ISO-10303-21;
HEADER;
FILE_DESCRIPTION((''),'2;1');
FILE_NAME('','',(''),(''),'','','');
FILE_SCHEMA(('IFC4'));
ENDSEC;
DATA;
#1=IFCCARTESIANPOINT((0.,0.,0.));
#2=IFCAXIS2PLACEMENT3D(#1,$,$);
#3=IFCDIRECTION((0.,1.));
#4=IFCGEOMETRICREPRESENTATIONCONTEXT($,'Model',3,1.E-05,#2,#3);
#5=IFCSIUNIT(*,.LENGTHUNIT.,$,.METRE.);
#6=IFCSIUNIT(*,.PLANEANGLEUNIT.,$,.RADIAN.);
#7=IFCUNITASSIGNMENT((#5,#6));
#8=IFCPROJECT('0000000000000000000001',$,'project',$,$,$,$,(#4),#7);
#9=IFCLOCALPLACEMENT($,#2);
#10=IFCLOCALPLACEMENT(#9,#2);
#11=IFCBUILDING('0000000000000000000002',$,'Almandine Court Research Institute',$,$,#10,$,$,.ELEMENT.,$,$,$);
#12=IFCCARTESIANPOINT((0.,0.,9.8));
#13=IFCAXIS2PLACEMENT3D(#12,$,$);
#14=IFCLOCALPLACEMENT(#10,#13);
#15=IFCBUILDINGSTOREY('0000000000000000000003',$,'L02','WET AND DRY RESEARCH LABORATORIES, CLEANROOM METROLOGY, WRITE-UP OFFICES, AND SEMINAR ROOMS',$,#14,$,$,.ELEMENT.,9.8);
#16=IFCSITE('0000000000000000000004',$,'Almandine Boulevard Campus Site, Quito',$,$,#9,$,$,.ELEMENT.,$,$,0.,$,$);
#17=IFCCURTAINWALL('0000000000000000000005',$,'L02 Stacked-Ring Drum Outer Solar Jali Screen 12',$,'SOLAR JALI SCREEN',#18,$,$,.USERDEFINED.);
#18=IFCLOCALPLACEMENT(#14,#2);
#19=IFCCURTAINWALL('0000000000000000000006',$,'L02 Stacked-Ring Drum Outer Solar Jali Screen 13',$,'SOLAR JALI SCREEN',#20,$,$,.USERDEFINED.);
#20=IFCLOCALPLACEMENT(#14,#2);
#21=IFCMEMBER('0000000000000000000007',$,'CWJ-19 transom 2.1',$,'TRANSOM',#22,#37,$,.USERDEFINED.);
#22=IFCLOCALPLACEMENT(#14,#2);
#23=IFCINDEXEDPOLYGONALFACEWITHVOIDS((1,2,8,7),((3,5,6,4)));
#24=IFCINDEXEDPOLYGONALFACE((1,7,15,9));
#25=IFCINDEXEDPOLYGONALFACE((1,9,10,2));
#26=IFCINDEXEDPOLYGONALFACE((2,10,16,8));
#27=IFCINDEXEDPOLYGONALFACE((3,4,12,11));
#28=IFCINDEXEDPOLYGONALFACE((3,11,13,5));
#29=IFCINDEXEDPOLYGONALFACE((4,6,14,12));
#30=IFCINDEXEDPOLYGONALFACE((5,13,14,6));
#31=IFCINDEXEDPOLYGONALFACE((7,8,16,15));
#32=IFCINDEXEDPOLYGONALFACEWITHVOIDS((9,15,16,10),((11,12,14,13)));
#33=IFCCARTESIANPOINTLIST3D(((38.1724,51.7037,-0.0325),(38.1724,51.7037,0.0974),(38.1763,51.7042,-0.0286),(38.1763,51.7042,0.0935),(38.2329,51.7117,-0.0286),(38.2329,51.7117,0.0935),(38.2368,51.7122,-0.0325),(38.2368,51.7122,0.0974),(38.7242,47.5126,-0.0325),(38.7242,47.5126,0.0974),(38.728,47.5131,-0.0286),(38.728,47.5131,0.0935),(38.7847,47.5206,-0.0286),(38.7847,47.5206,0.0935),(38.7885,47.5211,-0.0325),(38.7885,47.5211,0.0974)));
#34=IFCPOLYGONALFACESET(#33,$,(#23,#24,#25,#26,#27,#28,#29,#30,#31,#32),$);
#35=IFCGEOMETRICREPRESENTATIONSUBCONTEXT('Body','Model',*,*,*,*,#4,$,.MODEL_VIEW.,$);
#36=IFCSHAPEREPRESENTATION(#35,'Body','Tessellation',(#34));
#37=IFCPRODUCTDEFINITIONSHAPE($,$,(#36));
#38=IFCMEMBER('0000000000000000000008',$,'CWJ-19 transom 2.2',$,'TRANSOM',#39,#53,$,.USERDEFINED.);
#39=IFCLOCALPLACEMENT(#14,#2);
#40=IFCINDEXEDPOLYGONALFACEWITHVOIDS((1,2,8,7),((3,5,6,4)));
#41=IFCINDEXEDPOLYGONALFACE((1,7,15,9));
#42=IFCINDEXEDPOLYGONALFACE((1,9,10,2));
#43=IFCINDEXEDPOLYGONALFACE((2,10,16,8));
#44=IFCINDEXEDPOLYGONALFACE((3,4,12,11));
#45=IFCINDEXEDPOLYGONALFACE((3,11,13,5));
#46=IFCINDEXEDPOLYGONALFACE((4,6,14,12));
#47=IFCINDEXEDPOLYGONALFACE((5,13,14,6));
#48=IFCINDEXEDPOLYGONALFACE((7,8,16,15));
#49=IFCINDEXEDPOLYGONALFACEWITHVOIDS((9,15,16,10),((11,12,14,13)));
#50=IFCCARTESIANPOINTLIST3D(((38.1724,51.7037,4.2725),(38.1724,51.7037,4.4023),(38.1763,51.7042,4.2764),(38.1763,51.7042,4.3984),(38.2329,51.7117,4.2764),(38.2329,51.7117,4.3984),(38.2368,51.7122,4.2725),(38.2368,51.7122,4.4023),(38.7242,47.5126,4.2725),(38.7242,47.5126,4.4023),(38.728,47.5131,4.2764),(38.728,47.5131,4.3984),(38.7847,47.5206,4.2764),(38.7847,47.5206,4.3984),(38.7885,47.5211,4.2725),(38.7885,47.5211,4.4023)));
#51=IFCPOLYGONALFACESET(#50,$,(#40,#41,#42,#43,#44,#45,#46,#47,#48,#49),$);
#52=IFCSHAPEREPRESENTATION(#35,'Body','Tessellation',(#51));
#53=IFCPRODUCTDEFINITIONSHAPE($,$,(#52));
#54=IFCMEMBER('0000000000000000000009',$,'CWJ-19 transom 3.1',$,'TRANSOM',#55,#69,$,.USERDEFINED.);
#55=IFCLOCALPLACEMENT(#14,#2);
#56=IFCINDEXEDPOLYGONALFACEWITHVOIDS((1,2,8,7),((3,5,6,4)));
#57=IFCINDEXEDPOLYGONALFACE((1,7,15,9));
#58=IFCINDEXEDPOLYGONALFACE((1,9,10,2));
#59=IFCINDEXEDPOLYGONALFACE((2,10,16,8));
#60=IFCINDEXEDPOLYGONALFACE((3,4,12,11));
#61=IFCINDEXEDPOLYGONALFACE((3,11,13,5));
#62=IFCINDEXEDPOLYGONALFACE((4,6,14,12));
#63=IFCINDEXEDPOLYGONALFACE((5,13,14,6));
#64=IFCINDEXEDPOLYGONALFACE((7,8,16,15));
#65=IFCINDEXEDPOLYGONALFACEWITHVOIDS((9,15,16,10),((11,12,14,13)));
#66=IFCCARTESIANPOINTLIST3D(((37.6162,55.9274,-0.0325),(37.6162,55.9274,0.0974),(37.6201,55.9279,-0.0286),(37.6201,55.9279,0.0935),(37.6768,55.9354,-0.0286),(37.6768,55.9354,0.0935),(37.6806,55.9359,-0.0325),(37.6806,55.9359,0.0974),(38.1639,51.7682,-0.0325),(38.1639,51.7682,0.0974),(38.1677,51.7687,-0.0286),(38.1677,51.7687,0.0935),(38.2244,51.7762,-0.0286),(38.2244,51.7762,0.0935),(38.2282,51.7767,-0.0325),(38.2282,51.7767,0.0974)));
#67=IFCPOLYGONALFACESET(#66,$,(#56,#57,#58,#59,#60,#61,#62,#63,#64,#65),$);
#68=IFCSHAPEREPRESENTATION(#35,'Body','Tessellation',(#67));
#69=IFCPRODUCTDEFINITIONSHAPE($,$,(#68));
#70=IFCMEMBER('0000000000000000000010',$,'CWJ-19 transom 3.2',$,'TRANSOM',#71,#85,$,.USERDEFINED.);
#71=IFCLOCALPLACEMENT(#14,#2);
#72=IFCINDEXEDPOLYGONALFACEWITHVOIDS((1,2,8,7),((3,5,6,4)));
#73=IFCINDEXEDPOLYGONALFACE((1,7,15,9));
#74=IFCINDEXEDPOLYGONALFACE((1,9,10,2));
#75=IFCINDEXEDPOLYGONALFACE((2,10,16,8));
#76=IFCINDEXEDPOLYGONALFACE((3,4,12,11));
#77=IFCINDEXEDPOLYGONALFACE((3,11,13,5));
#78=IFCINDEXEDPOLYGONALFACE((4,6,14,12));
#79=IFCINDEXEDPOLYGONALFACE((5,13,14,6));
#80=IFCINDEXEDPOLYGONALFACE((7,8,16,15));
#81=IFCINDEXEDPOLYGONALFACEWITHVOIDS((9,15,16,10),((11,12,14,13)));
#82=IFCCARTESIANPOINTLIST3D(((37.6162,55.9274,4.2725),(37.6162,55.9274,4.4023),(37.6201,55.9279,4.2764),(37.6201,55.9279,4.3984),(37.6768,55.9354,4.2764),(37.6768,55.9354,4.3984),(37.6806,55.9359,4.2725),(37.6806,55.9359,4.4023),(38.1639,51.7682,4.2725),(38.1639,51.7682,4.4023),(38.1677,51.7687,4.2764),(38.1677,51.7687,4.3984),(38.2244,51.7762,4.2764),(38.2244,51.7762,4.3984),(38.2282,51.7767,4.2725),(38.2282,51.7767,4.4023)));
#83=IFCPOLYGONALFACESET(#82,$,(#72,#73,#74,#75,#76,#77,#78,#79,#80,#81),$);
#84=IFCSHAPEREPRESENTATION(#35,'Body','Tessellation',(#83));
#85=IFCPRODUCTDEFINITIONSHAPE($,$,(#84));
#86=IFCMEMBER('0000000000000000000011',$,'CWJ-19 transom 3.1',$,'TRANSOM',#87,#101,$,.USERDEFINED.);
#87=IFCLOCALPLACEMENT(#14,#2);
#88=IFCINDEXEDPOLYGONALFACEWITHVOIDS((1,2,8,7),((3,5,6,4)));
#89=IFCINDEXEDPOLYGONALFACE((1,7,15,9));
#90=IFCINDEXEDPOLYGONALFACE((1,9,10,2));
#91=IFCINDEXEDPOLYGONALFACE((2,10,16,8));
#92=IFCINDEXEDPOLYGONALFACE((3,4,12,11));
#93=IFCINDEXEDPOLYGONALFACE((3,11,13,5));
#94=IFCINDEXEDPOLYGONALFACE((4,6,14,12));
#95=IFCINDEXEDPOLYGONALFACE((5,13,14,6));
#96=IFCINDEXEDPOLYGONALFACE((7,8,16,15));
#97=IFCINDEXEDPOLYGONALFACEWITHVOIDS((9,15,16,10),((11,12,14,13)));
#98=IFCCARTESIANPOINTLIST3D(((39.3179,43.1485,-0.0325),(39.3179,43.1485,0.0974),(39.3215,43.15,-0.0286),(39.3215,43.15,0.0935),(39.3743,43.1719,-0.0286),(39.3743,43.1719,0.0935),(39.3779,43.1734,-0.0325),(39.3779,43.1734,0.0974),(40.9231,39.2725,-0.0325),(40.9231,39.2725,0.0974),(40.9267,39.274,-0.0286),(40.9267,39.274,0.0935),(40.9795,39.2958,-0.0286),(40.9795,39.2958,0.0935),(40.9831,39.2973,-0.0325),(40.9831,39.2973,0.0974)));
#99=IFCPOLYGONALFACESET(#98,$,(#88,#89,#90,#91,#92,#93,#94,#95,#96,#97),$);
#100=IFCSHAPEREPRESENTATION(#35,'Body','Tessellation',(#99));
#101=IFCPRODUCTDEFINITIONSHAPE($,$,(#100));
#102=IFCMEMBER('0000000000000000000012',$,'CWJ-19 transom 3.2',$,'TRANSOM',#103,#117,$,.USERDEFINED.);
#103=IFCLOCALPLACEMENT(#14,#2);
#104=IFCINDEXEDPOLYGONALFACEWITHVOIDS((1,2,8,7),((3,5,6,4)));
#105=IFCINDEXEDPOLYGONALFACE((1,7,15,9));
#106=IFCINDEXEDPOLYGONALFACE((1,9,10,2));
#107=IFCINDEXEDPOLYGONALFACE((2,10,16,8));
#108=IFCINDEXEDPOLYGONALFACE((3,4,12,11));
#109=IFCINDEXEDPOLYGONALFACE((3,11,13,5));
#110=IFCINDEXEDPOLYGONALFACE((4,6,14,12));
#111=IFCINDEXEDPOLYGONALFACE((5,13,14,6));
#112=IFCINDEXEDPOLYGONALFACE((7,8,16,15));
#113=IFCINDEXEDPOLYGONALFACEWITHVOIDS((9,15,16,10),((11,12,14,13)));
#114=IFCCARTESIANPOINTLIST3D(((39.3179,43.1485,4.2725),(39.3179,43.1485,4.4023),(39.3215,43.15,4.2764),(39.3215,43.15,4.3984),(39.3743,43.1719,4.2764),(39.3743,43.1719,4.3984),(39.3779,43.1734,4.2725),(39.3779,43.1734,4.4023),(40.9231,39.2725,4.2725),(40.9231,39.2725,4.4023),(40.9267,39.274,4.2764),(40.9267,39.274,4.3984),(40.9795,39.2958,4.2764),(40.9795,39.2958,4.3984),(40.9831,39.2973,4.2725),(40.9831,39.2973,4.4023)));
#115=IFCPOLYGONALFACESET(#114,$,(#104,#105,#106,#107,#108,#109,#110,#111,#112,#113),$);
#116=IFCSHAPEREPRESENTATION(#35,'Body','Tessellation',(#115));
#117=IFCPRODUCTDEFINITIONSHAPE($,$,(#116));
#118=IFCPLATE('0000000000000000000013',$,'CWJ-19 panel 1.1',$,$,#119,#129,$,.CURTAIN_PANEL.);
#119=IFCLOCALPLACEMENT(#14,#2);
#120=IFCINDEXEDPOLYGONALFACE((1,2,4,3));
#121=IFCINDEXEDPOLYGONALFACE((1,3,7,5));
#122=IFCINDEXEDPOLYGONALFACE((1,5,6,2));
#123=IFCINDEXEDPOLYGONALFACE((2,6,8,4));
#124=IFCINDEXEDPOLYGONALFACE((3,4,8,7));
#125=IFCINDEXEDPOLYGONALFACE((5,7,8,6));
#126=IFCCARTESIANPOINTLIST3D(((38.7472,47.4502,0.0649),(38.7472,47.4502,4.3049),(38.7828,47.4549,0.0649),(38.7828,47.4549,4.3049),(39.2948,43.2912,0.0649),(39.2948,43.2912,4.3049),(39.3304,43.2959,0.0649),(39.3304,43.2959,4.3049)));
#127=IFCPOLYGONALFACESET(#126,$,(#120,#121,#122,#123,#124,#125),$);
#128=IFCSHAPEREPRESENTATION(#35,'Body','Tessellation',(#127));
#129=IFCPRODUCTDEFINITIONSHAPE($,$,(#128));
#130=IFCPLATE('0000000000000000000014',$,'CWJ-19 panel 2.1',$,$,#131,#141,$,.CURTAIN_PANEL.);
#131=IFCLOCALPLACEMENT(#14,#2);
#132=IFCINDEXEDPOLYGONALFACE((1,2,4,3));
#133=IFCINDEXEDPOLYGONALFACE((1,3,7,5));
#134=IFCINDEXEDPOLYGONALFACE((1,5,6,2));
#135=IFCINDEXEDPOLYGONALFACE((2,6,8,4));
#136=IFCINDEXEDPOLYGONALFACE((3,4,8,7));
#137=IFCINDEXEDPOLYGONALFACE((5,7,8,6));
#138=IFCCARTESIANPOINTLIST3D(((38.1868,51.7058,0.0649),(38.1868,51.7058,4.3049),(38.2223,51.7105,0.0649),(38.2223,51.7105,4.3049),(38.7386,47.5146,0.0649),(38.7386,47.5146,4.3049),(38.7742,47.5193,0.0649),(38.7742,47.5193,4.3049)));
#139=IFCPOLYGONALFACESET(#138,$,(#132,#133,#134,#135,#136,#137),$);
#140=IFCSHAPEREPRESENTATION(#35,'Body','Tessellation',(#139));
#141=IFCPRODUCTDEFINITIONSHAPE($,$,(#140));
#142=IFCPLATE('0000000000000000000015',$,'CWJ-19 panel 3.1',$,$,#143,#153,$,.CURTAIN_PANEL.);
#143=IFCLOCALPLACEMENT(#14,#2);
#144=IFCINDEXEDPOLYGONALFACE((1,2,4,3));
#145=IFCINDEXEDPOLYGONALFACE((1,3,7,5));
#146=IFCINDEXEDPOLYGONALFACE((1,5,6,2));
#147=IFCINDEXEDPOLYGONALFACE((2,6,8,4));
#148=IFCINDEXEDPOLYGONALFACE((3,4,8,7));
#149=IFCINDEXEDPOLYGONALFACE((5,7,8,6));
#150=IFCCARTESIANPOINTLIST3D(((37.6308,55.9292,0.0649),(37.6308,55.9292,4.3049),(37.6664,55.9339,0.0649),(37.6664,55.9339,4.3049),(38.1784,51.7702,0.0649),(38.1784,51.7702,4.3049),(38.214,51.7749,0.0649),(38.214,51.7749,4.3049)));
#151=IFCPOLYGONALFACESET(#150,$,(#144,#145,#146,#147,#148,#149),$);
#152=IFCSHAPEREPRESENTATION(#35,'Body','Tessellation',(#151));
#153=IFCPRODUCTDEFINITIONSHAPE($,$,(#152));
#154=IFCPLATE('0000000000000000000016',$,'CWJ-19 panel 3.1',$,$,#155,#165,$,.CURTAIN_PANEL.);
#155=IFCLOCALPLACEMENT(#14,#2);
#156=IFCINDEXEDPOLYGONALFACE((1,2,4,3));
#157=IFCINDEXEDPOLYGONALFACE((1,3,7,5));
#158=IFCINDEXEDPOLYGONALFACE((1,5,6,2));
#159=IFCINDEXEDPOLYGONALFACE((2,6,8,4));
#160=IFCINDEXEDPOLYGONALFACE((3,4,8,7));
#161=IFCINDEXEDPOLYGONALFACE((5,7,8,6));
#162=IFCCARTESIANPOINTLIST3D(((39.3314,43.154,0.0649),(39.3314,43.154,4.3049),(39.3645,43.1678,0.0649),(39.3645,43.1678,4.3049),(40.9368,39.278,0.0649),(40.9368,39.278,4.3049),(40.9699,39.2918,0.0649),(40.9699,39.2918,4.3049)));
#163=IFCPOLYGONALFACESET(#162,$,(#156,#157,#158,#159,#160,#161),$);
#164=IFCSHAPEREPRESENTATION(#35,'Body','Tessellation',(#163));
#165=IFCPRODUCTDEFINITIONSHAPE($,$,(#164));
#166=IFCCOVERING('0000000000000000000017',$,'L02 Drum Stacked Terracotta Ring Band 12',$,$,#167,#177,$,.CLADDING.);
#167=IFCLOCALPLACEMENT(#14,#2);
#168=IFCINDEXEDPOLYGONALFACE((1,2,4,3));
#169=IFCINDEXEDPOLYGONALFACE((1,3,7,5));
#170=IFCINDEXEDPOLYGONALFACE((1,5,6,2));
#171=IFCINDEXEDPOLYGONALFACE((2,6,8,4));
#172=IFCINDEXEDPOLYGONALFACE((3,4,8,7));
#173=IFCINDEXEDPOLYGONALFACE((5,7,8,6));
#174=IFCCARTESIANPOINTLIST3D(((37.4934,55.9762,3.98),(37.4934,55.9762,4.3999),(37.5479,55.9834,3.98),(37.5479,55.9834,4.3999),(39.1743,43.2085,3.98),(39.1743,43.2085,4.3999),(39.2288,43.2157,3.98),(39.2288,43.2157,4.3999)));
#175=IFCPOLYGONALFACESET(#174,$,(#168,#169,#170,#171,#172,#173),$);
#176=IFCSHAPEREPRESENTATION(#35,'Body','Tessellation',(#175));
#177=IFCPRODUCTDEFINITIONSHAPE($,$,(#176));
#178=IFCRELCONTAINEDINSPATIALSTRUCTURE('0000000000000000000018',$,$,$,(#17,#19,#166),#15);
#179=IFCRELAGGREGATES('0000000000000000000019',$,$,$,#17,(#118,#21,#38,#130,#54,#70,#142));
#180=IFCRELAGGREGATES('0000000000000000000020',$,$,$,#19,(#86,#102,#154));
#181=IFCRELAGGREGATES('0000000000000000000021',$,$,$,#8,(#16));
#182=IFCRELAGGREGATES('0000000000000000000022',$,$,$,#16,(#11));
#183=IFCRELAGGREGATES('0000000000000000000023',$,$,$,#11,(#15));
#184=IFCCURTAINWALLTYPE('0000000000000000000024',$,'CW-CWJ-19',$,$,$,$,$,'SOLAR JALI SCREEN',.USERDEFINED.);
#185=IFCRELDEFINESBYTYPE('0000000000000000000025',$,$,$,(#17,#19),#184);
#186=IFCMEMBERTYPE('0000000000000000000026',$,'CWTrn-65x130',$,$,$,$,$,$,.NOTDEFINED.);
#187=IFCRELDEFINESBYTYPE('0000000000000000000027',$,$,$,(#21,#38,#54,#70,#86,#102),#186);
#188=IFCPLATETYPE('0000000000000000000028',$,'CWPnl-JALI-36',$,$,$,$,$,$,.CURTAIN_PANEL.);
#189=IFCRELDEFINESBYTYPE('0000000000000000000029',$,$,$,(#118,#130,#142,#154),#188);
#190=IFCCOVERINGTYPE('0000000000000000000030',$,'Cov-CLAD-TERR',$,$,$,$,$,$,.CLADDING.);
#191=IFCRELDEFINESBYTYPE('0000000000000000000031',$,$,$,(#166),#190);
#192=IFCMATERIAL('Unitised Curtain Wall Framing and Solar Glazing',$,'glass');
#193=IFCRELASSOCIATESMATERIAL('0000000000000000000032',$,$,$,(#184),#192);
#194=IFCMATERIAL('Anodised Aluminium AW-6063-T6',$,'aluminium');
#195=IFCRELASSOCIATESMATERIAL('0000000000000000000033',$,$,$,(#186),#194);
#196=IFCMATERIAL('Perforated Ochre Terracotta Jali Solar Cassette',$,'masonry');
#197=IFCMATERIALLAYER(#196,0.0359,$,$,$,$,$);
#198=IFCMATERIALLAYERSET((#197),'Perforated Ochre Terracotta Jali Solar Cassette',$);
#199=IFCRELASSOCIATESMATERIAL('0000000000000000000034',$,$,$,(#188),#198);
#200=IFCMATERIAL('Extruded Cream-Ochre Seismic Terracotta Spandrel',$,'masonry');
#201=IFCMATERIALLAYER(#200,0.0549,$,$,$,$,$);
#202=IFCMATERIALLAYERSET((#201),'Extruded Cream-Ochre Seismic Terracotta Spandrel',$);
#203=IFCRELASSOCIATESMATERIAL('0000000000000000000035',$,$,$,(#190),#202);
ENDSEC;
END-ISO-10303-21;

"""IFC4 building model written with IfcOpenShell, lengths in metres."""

from ifc_helpers import new_model, si_unit, direction, frame, origin, origin_2d, place, context, subcontext, project, spatial, rectangle, hollow_rectangle, extrude, material, layer, layer_set, material_profile, profile_set, type_object, element, aggregate, save


model = new_model("IFC4")

# Units and contexts
model_context = context("Model", 3, precision=1e-05, world=origin(), true_north=direction((0.0, 1.0)))
body_context = subcontext(model_context, "Body", "Model", "MODEL_VIEW")
ifc_project = project(units=[si_unit("LENGTHUNIT", "METRE"), si_unit("PLANEANGLEUNIT", "RADIAN")], contexts=[model_context])

# Site, building, storey
site_placement = place(None, origin())
site = spatial("IfcSite", under=ifc_project, at=site_placement, Name="Almandine Boulevard Campus Site, Quito", CompositionType="ELEMENT", RefElevation=0.0)
building_placement = place(site_placement, origin())
building = spatial("IfcBuilding", under=site, at=building_placement, Name="Almandine Court Research Institute", CompositionType="ELEMENT")
storey_placement = place(building_placement, frame((0.0, 0.0, 9.8)))
storey = spatial("IfcBuildingStorey", under=building, at=storey_placement, Name="L02", Description="WET AND DRY RESEARCH LABORATORIES, CLEANROOM METROLOGY, WRITE-UP OFFICES, AND SEMINAR ROOMS", CompositionType="ELEMENT", Elevation=9.8)

# Curtain wall
ifc_material_1 = material(Name="Unitised Curtain Wall Framing and Solar Glazing", Category="glass")
curtain_wall_type = type_object("IfcCurtainWallType", Name="CW-CWJ-19", ElementType="SOLAR JALI SCREEN", PredefinedType="USERDEFINED", material=ifc_material_1)
curtain_wall_1_placement = place(storey_placement, origin())
curtain_wall_1 = element("IfcCurtainWall", 1, at=curtain_wall_1_placement, inside=storey, type_object=curtain_wall_type, Name="L02 Stacked-Ring Drum Outer Solar Jali Screen 12", ObjectType="SOLAR JALI SCREEN", PredefinedType="USERDEFINED")
ifc_material_2 = material(Name="Anodised Aluminium AW-6063-T6", Category="aluminium")

# Curtain wall
curtain_wall_2_placement = place(storey_placement, origin())
curtain_wall_2 = element("IfcCurtainWall", 2, at=curtain_wall_2_placement, inside=storey, type_object=curtain_wall_type, Name="L02 Stacked-Ring Drum Outer Solar Jali Screen 13", ObjectType="SOLAR JALI SCREEN", PredefinedType="USERDEFINED")

# Members
ifc_material_profile_1 = material_profile(ifc_material_2, hollow_rectangle(XDim=0.0649, YDim=0.1299, WallThickness=0.0039, at=origin_2d()), Name="ALU RHS 65x130x4")
ifc_profile_set_1 = profile_set([ifc_material_profile_1], Name="Anodised Aluminium AW-6063-T6")
member_type_1 = type_object("IfcMemberType", Name="CWTrn-65x130", PredefinedType="NOTDEFINED", material=ifc_profile_set_1)
member_1_placement = place(storey_placement, frame((38.7563, 47.5168, 0.0325), z_axis=(-0.130522, 0.991445, 0.0), x_axis=(-0.991445, -0.130522, 0.0)))
member_1 = element("IfcMember", 3, at=member_1_placement, type_object=member_type_1, Name="CWJ-19 transom 2.1", ObjectType="TRANSOM", PredefinedType="USERDEFINED", context=body_context, shape_type="SweptSolid", body=[
    extrude(hollow_rectangle(XDim=0.0649, YDim=0.1299, WallThickness=0.0039, at=origin_2d()), origin(), (0.0, 0.0, 1.0), 4.2273),
])
member_2_placement = place(storey_placement, frame((38.7563, 47.5168, 4.3374), z_axis=(-0.130522, 0.991445, 0.0), x_axis=(-0.991445, -0.130522, 0.0)))
member_2 = element("IfcMember", 4, at=member_2_placement, type_object=member_type_1, Name="CWJ-19 transom 2.2", ObjectType="TRANSOM", PredefinedType="USERDEFINED", context=body_context, shape_type="SweptSolid", body=[
    extrude(hollow_rectangle(XDim=0.0649, YDim=0.1299, WallThickness=0.0039, at=origin_2d()), origin(), (0.0, 0.0, 1.0), 4.2273),
])
member_3_placement = place(storey_placement, frame((38.196, 51.7725, 0.0325), z_axis=(-0.130536, 0.991444, 0.0), x_axis=(-0.991444, -0.130536, 0.0)))
member_3 = element("IfcMember", 5, at=member_3_placement, type_object=member_type_1, Name="CWJ-19 transom 3.1", ObjectType="TRANSOM", PredefinedType="USERDEFINED", context=body_context, shape_type="SweptSolid", body=[
    extrude(hollow_rectangle(XDim=0.0649, YDim=0.1299, WallThickness=0.0039, at=origin_2d()), origin(), (0.0, 0.0, 1.0), 4.1951),
])
member_4_placement = place(storey_placement, frame((38.196, 51.7725, 4.3374), z_axis=(-0.130536, 0.991444, 0.0), x_axis=(-0.991444, -0.130536, 0.0)))
member_4 = element("IfcMember", 6, at=member_4_placement, type_object=member_type_1, Name="CWJ-19 transom 3.2", ObjectType="TRANSOM", PredefinedType="USERDEFINED", context=body_context, shape_type="SweptSolid", body=[
    extrude(hollow_rectangle(XDim=0.0649, YDim=0.1299, WallThickness=0.0039, at=origin_2d()), origin(), (0.0, 0.0, 1.0), 4.1951),
])
member_5_placement = place(storey_placement, frame((40.9531, 39.2849, 0.0325), z_axis=(-0.382631, 0.923901, 0.0), x_axis=(-0.923901, -0.382631, 0.0)))
member_5 = element("IfcMember", 7, at=member_5_placement, type_object=member_type_1, Name="CWJ-19 transom 3.1", ObjectType="TRANSOM", PredefinedType="USERDEFINED", context=body_context, shape_type="SweptSolid", body=[
    extrude(hollow_rectangle(XDim=0.0649, YDim=0.1299, WallThickness=0.0039, at=origin_2d()), origin(), (0.0, 0.0, 1.0), 4.1953),
])
member_6_placement = place(storey_placement, frame((40.9531, 39.2849, 4.3374), z_axis=(-0.382631, 0.923901, 0.0), x_axis=(-0.923901, -0.382631, 0.0)))
member_6 = element("IfcMember", 8, at=member_6_placement, type_object=member_type_1, Name="CWJ-19 transom 3.2", ObjectType="TRANSOM", PredefinedType="USERDEFINED", context=body_context, shape_type="SweptSolid", body=[
    extrude(hollow_rectangle(XDim=0.0649, YDim=0.1299, WallThickness=0.0039, at=origin_2d()), origin(), (0.0, 0.0, 1.0), 4.1953),
])

# Plates
ifc_material_3 = material(Name="Perforated Ochre Terracotta Jali Solar Cassette", Category="masonry")
ifc_layer_1 = layer(ifc_material_3, 0.0359)
ifc_layer_set_1 = layer_set([ifc_layer_1], Name="Perforated Ochre Terracotta Jali Solar Cassette")
plate_type = type_object("IfcPlateType", Name="CWPnl-JALI-36", PredefinedType="CURTAIN_PANEL", material=ifc_layer_set_1)
plate_1_placement = place(storey_placement, frame((39.0388, 45.373, 0.0649), z_axis=(0.0, 0.0, 1.0), x_axis=(-0.130541, 0.991443, 0.0)))
plate_1 = element("IfcPlate", 9, at=plate_1_placement, type_object=plate_type, Name="CWJ-19 panel 1.1", PredefinedType="CURTAIN_PANEL", context=body_context, shape_type="SweptSolid", body=[
    extrude(rectangle(XDim=4.1948, YDim=0.0359, at=origin_2d()), origin(), (0.0, 0.0, 1.0), 4.24),
])
plate_2_placement = place(storey_placement, frame((38.4805, 49.6125, 0.0649), z_axis=(0.0, 0.0, 1.0), x_axis=(-0.130541, 0.991443, 0.0)))
plate_2 = element("IfcPlate", 10, at=plate_2_placement, type_object=plate_type, Name="CWJ-19 panel 2.1", PredefinedType="CURTAIN_PANEL", context=body_context, shape_type="SweptSolid", body=[
    extrude(rectangle(XDim=4.2273, YDim=0.0359, at=origin_2d()), origin(), (0.0, 0.0, 1.0), 4.24),
])
plate_3_placement = place(storey_placement, frame((37.9224, 53.8521, 0.0649), z_axis=(0.0, 0.0, 1.0), x_axis=(-0.130541, 0.991443, 0.0)))
plate_3 = element("IfcPlate", 11, at=plate_3_placement, type_object=plate_type, Name="CWJ-19 panel 3.1", PredefinedType="CURTAIN_PANEL", context=body_context, shape_type="SweptSolid", body=[
    extrude(rectangle(XDim=4.1948, YDim=0.0359, at=origin_2d()), origin(), (0.0, 0.0, 1.0), 4.24),
])
aggregate(curtain_wall_1, [plate_1, member_1, member_2, plate_2, member_3, member_4, plate_3])
plate_4_placement = place(storey_placement, frame((40.1506, 41.2229, 0.0649), z_axis=(0.0, 0.0, 1.0), x_axis=(-0.382663, 0.923888, 0.0)))
plate_4 = element("IfcPlate", 12, at=plate_4_placement, type_object=plate_type, Name="CWJ-19 panel 3.1", PredefinedType="CURTAIN_PANEL", context=body_context, shape_type="SweptSolid", body=[
    extrude(rectangle(XDim=4.1953, YDim=0.0359, at=origin_2d()), origin(), (0.0, 0.0, 1.0), 4.24),
])
aggregate(curtain_wall_2, [member_5, member_6, plate_4])

# Covering
ifc_material_4 = material(Name="Extruded Cream-Ochre Seismic Terracotta Spandrel", Category="masonry")
ifc_layer_2 = layer(ifc_material_4, 0.0549)
ifc_layer_set_2 = layer_set([ifc_layer_2], Name="Extruded Cream-Ochre Seismic Terracotta Spandrel")
covering_type = type_object("IfcCoveringType", Name="Cov-CLAD-TERR", PredefinedType="CLADDING", material=ifc_layer_set_2)
covering_placement = place(storey_placement, frame((38.3611, 49.5959, 3.98), z_axis=(0.0, 0.0, 1.0), x_axis=(-0.130526, 0.991445, 0.0)))
element("IfcCovering", 13, at=covering_placement, inside=storey, type_object=covering_type, Name="L02 Drum Stacked Terracotta Ring Band 12", PredefinedType="CLADDING", context=body_context, shape_type="SweptSolid", body=[
    extrude(rectangle(XDim=12.8779, YDim=0.0549, at=origin_2d()), origin(), (0.0, 0.0, 1.0), 0.4199),
])

save(model, "model.ifc")
